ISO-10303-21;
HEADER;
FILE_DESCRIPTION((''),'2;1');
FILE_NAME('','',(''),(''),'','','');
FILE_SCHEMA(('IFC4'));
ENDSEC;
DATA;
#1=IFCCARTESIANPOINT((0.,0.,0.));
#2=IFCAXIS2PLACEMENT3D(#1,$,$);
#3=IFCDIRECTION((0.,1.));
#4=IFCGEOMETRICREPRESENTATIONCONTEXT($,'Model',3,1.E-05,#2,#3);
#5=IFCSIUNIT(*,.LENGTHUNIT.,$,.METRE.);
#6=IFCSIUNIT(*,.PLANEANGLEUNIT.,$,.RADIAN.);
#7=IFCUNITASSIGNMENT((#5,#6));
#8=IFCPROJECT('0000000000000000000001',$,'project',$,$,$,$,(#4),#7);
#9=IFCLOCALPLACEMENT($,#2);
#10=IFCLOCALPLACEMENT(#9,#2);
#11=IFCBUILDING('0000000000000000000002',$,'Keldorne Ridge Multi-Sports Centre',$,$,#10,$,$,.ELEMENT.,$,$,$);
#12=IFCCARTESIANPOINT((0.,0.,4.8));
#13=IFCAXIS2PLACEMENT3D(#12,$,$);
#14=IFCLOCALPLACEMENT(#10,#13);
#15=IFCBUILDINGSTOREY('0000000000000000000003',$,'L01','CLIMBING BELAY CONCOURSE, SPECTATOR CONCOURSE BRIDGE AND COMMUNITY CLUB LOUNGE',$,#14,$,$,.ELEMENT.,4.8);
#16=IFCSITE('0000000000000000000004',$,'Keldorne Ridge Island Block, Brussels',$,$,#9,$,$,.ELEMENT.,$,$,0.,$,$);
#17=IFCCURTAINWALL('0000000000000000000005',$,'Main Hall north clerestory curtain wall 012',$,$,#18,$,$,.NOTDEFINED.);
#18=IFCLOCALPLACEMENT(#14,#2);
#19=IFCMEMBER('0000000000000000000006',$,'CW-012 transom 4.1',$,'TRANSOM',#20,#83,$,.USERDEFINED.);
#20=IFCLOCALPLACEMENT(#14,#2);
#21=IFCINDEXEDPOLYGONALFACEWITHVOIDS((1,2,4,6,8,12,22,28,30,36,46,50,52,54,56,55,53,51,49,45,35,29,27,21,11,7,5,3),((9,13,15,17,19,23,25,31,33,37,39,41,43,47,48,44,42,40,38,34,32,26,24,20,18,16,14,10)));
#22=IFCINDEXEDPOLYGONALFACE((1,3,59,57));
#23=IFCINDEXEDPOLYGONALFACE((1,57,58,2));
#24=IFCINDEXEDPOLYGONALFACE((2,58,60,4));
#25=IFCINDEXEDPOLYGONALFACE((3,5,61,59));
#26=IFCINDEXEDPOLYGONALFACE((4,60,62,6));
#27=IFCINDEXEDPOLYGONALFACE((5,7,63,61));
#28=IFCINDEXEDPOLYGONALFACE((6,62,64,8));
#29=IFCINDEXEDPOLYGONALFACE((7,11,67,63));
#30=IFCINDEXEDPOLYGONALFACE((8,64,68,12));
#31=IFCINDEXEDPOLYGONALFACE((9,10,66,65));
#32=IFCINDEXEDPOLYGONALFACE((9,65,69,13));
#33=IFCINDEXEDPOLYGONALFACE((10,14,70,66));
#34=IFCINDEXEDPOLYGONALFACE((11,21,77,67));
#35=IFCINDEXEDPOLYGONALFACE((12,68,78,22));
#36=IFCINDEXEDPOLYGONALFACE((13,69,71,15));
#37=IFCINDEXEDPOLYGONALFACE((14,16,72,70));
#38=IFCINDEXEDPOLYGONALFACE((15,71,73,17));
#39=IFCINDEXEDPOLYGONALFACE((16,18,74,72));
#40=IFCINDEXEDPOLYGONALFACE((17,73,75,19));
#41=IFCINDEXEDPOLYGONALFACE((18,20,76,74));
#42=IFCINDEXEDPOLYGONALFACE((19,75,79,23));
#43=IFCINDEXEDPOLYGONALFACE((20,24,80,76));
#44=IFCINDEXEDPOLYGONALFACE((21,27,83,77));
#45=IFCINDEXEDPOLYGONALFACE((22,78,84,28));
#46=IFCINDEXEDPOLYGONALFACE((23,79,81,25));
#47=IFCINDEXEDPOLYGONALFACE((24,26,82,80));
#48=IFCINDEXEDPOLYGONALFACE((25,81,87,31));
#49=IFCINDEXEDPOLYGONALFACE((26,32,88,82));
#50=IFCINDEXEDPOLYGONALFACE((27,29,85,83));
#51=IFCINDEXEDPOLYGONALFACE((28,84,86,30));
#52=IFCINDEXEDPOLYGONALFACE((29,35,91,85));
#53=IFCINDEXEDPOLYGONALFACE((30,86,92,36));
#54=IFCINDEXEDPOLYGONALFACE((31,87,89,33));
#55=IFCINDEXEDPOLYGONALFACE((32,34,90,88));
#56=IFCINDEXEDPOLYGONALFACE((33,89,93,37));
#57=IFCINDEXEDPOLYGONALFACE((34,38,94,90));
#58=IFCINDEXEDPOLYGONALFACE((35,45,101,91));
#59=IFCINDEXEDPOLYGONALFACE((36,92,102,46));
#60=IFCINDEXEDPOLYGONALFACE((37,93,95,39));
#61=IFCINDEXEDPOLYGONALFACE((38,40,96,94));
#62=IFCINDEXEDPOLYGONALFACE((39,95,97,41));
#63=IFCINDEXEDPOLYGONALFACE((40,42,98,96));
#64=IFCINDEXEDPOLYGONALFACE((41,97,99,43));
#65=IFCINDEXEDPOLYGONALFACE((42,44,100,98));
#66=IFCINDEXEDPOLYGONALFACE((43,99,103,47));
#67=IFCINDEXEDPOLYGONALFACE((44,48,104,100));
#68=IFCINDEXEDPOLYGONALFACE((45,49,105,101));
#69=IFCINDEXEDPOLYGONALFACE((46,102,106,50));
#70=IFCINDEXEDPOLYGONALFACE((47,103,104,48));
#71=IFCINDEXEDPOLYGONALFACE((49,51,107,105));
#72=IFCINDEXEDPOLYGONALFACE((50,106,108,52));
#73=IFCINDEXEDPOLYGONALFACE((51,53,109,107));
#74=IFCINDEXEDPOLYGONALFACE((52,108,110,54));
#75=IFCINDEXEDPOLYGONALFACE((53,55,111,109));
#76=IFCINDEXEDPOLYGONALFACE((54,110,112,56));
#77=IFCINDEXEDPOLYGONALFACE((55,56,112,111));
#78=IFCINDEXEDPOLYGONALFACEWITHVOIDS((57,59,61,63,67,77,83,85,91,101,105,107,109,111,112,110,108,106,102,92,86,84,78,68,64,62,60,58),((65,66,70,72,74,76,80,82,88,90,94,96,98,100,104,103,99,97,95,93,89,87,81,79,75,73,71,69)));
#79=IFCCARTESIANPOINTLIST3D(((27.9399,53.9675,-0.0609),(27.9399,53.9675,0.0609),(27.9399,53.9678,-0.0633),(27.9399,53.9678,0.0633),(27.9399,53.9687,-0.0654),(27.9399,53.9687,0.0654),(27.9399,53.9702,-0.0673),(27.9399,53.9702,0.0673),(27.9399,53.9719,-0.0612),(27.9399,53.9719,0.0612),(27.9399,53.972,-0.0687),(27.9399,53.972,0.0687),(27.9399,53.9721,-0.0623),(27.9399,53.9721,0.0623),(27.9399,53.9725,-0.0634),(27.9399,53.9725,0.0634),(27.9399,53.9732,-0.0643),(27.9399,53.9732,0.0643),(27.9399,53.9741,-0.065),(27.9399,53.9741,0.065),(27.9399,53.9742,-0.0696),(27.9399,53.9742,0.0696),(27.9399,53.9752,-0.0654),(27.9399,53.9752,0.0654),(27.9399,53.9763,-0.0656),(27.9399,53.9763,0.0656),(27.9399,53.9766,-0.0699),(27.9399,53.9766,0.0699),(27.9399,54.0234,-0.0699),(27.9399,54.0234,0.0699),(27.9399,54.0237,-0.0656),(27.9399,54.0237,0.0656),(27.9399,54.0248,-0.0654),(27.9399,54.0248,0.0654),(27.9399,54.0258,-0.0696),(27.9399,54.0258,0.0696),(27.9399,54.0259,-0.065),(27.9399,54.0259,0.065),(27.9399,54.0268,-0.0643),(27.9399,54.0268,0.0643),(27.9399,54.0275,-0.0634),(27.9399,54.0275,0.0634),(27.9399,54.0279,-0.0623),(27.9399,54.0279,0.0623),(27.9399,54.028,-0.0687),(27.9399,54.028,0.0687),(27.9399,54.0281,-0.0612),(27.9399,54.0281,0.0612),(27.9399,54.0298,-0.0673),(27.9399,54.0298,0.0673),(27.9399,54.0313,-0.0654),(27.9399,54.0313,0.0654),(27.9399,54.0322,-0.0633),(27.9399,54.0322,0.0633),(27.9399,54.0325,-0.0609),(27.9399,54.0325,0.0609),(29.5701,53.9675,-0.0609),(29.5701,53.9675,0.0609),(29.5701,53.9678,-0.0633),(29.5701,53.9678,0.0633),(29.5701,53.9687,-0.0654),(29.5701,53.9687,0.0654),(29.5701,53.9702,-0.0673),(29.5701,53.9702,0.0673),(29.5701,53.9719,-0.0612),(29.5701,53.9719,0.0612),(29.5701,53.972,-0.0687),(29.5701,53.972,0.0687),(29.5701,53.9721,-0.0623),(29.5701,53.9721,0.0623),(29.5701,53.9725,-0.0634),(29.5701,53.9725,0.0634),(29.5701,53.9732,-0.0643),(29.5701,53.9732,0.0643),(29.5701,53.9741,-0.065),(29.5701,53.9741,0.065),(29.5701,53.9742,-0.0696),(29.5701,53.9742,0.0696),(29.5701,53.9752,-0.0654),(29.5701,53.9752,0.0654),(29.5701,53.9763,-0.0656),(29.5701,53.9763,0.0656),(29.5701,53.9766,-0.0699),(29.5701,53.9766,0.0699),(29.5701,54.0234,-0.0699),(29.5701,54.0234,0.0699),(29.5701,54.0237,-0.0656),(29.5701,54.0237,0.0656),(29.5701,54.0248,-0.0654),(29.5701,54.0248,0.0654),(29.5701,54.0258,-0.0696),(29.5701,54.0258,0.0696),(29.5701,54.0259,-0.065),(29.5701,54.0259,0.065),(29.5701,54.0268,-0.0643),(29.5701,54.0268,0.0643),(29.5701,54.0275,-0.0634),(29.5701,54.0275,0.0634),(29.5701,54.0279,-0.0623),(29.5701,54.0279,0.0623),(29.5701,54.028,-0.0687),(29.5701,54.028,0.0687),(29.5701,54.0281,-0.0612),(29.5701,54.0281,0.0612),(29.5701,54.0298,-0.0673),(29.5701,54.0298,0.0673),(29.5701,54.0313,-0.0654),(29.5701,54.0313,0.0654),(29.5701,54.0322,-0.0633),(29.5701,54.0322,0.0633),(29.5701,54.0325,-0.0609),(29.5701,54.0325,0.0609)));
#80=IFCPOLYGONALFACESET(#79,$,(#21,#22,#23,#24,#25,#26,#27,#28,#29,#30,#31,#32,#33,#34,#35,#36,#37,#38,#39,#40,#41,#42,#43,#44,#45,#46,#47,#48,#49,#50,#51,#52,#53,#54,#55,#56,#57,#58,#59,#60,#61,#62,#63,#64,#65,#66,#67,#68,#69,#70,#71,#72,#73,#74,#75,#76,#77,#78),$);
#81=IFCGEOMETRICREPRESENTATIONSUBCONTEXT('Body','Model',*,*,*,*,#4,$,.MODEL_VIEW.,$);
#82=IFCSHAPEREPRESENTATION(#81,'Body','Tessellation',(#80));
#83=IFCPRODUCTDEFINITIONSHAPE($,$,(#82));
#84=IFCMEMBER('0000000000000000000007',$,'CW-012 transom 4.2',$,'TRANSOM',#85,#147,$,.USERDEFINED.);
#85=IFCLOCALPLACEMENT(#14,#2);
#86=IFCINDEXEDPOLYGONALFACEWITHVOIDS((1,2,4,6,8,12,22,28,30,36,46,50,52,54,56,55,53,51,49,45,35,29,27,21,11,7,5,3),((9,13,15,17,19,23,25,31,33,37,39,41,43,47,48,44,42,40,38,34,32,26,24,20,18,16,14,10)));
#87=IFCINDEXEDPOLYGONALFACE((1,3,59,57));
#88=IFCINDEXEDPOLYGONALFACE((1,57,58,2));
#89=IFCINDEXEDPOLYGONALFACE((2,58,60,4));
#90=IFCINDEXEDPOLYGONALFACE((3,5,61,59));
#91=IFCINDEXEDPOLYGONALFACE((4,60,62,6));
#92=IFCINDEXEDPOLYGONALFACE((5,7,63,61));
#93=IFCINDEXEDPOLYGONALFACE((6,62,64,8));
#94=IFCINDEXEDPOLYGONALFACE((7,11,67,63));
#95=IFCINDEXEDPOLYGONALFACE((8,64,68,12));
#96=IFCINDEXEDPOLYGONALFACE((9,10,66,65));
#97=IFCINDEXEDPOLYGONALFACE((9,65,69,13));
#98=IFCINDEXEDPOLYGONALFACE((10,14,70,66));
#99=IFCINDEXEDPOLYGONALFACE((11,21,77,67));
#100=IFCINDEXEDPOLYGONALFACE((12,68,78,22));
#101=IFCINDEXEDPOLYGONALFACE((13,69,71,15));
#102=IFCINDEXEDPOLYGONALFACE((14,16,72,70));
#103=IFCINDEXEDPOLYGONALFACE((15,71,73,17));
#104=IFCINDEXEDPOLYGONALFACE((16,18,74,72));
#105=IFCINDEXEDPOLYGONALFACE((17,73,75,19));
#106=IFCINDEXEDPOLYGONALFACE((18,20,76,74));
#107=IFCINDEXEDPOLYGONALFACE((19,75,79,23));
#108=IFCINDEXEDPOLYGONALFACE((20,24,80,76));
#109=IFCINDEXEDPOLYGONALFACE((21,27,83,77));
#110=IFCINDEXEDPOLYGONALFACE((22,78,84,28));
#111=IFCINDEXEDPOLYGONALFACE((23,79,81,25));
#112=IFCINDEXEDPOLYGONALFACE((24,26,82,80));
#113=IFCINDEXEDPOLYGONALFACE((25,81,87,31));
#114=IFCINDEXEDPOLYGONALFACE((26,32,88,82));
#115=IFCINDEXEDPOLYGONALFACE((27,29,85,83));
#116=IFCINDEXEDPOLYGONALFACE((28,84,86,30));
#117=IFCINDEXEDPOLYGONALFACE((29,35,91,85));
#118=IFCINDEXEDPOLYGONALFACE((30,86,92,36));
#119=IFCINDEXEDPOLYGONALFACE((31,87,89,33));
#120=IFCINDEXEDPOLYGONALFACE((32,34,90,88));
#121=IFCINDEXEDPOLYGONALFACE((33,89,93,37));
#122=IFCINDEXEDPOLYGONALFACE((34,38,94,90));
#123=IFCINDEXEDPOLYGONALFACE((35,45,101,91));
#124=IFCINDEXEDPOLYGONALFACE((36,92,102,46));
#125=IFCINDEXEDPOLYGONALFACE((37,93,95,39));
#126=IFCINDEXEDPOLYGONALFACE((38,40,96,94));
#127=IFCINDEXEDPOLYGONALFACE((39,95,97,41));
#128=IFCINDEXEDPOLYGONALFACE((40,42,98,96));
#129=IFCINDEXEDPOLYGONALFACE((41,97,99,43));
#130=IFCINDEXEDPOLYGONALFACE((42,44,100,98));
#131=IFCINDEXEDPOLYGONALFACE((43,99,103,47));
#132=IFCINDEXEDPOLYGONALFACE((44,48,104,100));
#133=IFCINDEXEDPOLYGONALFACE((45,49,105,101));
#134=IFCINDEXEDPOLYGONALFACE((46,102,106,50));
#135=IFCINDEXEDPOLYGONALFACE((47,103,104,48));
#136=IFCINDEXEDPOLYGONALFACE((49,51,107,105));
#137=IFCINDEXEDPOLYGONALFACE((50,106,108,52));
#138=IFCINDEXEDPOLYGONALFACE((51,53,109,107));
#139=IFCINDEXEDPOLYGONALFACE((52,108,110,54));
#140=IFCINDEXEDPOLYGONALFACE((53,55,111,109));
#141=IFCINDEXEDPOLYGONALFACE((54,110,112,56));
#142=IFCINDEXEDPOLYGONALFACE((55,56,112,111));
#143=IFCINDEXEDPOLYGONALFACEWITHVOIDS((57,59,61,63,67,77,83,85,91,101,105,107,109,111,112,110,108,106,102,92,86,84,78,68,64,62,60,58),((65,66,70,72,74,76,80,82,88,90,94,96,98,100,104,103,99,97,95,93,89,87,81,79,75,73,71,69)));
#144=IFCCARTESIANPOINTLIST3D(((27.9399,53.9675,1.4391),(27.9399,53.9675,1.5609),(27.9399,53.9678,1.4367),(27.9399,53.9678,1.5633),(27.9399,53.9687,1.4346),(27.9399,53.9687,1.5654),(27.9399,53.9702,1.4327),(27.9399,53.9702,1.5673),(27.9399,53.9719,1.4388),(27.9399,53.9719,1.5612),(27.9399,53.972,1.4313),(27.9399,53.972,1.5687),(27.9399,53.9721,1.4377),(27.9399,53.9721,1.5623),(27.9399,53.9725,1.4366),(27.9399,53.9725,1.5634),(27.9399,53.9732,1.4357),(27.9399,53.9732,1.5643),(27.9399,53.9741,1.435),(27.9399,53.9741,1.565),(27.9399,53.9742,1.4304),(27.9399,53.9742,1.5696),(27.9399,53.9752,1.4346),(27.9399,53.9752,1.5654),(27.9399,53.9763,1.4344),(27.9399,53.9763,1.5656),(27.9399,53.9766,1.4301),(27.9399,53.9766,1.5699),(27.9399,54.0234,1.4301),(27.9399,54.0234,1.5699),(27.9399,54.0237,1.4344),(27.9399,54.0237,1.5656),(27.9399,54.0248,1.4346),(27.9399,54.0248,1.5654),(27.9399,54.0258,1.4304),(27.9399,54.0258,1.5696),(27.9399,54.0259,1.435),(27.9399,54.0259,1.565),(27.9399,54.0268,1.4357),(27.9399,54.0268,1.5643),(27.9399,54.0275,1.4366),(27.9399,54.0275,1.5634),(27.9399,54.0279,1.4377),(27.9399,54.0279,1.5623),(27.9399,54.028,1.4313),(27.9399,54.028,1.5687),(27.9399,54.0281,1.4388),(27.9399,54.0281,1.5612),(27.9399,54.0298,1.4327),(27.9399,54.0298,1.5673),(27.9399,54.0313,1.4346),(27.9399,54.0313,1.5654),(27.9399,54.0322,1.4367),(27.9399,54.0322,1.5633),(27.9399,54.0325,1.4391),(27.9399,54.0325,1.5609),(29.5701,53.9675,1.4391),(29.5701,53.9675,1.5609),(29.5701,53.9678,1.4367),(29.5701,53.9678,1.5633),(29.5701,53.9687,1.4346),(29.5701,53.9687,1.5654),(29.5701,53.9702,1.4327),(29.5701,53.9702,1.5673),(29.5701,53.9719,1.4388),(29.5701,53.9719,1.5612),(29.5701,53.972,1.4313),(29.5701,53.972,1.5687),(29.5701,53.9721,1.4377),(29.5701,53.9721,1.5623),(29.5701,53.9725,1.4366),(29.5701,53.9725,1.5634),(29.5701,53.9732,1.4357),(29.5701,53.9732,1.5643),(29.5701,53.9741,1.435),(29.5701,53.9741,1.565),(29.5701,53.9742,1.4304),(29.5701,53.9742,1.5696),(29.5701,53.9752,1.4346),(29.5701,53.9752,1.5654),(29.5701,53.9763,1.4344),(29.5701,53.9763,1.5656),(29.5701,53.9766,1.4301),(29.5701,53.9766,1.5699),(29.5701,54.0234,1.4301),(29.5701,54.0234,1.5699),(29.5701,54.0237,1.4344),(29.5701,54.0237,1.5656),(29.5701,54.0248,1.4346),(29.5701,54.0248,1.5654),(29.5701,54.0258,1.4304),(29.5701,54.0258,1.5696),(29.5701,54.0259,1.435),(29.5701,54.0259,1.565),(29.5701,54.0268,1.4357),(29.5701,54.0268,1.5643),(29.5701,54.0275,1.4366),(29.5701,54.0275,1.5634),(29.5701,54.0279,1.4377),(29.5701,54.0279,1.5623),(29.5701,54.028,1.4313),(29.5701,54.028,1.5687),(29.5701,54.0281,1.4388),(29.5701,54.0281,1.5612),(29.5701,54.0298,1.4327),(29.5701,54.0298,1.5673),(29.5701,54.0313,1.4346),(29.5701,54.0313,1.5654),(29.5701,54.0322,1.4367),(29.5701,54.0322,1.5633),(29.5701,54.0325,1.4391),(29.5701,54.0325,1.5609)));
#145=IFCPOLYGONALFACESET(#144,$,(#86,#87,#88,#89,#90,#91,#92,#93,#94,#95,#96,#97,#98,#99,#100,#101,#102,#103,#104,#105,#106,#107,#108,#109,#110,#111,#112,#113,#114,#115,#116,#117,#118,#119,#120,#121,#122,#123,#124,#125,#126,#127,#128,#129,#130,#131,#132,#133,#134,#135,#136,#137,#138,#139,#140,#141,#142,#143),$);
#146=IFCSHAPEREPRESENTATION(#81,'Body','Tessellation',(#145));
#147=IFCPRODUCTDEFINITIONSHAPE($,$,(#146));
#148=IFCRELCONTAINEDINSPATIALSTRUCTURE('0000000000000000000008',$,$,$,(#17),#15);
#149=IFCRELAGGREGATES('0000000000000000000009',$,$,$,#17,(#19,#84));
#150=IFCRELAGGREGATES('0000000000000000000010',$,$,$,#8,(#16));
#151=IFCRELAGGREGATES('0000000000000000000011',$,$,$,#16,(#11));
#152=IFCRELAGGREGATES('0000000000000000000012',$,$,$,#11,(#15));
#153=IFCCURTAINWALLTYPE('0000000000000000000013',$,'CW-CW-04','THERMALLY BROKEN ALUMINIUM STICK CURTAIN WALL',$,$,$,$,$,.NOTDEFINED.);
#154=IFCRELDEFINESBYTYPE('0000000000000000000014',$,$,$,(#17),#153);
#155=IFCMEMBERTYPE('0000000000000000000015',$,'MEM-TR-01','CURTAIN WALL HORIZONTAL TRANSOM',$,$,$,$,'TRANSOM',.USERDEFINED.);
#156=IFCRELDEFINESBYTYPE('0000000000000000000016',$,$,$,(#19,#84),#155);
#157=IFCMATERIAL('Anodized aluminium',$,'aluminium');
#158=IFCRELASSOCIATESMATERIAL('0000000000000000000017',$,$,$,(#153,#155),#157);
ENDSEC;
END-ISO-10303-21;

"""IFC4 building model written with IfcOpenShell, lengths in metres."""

from ifc_helpers import new_model, si_unit, direction, frame, origin, origin_2d, place, context, subcontext, project, spatial, hollow_rectangle, extrude, material, material_profile, profile_set, type_object, element, aggregate, save


model = new_model("IFC4")

# Units and contexts
model_context = context("Model", 3, precision=1e-05, world=origin(), true_north=direction((0.0, 1.0)))
body_context = subcontext(model_context, "Body", "Model", "MODEL_VIEW")
ifc_project = project(units=[si_unit("LENGTHUNIT", "METRE"), si_unit("PLANEANGLEUNIT", "RADIAN")], contexts=[model_context])

# Site, building, storey
site_placement = place(None, origin())
site = spatial("IfcSite", under=ifc_project, at=site_placement, Name="Keldorne Ridge Island Block, Brussels", CompositionType="ELEMENT", RefElevation=0.0)
building_placement = place(site_placement, origin())
building = spatial("IfcBuilding", under=site, at=building_placement, Name="Keldorne Ridge Multi-Sports Centre", CompositionType="ELEMENT")
storey_placement = place(building_placement, frame((0.0, 0.0, 4.8)))
storey = spatial("IfcBuildingStorey", under=building, at=storey_placement, Name="L01", Description="CLIMBING BELAY CONCOURSE, SPECTATOR CONCOURSE BRIDGE AND COMMUNITY CLUB LOUNGE", CompositionType="ELEMENT", Elevation=4.8)

# Curtain wall
ifc_material_1 = material(Name="Anodized aluminium", Category="aluminium")
curtain_wall_type_1 = type_object("IfcCurtainWallType", Name="CW-CW-04", Description="THERMALLY BROKEN ALUMINIUM STICK CURTAIN WALL", PredefinedType="NOTDEFINED", material=ifc_material_1)
curtain_wall_1_placement = place(storey_placement, origin())
curtain_wall_1 = element("IfcCurtainWall", 1, at=curtain_wall_1_placement, inside=storey, type_object=curtain_wall_type_1, Name="Main Hall north clerestory curtain wall 012", PredefinedType="NOTDEFINED")

# Members
ifc_material_profile_1 = material_profile(ifc_material_1, hollow_rectangle(XDim=0.0649, YDim=0.1399, WallThickness=0.0044, InnerFilletRadius=0.0044, OuterFilletRadius=0.009, at=origin_2d()), Name="ALU TRANSOM 140x65x4.5")
ifc_profile_set_1 = profile_set([ifc_material_profile_1], Name="Anodized aluminium")
member_type_1 = type_object("IfcMemberType", Name="MEM-TR-01", Description="CURTAIN WALL HORIZONTAL TRANSOM", ElementType="TRANSOM", PredefinedType="USERDEFINED", material=ifc_profile_set_1)
member_1_placement = place(storey_placement, frame((29.5701, 54.0, 0.0), z_axis=(-1.0, 0.0, 0.0), x_axis=(0.0, -1.0, 0.0)))
member_1 = element("IfcMember", 2, at=member_1_placement, type_object=member_type_1, Name="CW-012 transom 4.1", ObjectType="TRANSOM", PredefinedType="USERDEFINED", context=body_context, shape_type="SweptSolid", body=[
    extrude(hollow_rectangle(XDim=0.0649, YDim=0.1399, WallThickness=0.0044, InnerFilletRadius=0.0044, OuterFilletRadius=0.009, at=origin_2d()), origin(), (0.0, 0.0, 1.0), 1.6301),
])
member_2_placement = place(storey_placement, frame((29.5701, 54.0, 1.5), z_axis=(-1.0, 0.0, 0.0), x_axis=(0.0, -1.0, 0.0)))
member_2 = element("IfcMember", 3, at=member_2_placement, type_object=member_type_1, Name="CW-012 transom 4.2", ObjectType="TRANSOM", PredefinedType="USERDEFINED", context=body_context, shape_type="SweptSolid", body=[
    extrude(hollow_rectangle(XDim=0.0649, YDim=0.1399, WallThickness=0.0044, InnerFilletRadius=0.0044, OuterFilletRadius=0.009, at=origin_2d()), origin(), (0.0, 0.0, 1.0), 1.6301),
])

aggregate(curtain_wall_1, [member_1, member_2])

save(model, "model.ifc")
